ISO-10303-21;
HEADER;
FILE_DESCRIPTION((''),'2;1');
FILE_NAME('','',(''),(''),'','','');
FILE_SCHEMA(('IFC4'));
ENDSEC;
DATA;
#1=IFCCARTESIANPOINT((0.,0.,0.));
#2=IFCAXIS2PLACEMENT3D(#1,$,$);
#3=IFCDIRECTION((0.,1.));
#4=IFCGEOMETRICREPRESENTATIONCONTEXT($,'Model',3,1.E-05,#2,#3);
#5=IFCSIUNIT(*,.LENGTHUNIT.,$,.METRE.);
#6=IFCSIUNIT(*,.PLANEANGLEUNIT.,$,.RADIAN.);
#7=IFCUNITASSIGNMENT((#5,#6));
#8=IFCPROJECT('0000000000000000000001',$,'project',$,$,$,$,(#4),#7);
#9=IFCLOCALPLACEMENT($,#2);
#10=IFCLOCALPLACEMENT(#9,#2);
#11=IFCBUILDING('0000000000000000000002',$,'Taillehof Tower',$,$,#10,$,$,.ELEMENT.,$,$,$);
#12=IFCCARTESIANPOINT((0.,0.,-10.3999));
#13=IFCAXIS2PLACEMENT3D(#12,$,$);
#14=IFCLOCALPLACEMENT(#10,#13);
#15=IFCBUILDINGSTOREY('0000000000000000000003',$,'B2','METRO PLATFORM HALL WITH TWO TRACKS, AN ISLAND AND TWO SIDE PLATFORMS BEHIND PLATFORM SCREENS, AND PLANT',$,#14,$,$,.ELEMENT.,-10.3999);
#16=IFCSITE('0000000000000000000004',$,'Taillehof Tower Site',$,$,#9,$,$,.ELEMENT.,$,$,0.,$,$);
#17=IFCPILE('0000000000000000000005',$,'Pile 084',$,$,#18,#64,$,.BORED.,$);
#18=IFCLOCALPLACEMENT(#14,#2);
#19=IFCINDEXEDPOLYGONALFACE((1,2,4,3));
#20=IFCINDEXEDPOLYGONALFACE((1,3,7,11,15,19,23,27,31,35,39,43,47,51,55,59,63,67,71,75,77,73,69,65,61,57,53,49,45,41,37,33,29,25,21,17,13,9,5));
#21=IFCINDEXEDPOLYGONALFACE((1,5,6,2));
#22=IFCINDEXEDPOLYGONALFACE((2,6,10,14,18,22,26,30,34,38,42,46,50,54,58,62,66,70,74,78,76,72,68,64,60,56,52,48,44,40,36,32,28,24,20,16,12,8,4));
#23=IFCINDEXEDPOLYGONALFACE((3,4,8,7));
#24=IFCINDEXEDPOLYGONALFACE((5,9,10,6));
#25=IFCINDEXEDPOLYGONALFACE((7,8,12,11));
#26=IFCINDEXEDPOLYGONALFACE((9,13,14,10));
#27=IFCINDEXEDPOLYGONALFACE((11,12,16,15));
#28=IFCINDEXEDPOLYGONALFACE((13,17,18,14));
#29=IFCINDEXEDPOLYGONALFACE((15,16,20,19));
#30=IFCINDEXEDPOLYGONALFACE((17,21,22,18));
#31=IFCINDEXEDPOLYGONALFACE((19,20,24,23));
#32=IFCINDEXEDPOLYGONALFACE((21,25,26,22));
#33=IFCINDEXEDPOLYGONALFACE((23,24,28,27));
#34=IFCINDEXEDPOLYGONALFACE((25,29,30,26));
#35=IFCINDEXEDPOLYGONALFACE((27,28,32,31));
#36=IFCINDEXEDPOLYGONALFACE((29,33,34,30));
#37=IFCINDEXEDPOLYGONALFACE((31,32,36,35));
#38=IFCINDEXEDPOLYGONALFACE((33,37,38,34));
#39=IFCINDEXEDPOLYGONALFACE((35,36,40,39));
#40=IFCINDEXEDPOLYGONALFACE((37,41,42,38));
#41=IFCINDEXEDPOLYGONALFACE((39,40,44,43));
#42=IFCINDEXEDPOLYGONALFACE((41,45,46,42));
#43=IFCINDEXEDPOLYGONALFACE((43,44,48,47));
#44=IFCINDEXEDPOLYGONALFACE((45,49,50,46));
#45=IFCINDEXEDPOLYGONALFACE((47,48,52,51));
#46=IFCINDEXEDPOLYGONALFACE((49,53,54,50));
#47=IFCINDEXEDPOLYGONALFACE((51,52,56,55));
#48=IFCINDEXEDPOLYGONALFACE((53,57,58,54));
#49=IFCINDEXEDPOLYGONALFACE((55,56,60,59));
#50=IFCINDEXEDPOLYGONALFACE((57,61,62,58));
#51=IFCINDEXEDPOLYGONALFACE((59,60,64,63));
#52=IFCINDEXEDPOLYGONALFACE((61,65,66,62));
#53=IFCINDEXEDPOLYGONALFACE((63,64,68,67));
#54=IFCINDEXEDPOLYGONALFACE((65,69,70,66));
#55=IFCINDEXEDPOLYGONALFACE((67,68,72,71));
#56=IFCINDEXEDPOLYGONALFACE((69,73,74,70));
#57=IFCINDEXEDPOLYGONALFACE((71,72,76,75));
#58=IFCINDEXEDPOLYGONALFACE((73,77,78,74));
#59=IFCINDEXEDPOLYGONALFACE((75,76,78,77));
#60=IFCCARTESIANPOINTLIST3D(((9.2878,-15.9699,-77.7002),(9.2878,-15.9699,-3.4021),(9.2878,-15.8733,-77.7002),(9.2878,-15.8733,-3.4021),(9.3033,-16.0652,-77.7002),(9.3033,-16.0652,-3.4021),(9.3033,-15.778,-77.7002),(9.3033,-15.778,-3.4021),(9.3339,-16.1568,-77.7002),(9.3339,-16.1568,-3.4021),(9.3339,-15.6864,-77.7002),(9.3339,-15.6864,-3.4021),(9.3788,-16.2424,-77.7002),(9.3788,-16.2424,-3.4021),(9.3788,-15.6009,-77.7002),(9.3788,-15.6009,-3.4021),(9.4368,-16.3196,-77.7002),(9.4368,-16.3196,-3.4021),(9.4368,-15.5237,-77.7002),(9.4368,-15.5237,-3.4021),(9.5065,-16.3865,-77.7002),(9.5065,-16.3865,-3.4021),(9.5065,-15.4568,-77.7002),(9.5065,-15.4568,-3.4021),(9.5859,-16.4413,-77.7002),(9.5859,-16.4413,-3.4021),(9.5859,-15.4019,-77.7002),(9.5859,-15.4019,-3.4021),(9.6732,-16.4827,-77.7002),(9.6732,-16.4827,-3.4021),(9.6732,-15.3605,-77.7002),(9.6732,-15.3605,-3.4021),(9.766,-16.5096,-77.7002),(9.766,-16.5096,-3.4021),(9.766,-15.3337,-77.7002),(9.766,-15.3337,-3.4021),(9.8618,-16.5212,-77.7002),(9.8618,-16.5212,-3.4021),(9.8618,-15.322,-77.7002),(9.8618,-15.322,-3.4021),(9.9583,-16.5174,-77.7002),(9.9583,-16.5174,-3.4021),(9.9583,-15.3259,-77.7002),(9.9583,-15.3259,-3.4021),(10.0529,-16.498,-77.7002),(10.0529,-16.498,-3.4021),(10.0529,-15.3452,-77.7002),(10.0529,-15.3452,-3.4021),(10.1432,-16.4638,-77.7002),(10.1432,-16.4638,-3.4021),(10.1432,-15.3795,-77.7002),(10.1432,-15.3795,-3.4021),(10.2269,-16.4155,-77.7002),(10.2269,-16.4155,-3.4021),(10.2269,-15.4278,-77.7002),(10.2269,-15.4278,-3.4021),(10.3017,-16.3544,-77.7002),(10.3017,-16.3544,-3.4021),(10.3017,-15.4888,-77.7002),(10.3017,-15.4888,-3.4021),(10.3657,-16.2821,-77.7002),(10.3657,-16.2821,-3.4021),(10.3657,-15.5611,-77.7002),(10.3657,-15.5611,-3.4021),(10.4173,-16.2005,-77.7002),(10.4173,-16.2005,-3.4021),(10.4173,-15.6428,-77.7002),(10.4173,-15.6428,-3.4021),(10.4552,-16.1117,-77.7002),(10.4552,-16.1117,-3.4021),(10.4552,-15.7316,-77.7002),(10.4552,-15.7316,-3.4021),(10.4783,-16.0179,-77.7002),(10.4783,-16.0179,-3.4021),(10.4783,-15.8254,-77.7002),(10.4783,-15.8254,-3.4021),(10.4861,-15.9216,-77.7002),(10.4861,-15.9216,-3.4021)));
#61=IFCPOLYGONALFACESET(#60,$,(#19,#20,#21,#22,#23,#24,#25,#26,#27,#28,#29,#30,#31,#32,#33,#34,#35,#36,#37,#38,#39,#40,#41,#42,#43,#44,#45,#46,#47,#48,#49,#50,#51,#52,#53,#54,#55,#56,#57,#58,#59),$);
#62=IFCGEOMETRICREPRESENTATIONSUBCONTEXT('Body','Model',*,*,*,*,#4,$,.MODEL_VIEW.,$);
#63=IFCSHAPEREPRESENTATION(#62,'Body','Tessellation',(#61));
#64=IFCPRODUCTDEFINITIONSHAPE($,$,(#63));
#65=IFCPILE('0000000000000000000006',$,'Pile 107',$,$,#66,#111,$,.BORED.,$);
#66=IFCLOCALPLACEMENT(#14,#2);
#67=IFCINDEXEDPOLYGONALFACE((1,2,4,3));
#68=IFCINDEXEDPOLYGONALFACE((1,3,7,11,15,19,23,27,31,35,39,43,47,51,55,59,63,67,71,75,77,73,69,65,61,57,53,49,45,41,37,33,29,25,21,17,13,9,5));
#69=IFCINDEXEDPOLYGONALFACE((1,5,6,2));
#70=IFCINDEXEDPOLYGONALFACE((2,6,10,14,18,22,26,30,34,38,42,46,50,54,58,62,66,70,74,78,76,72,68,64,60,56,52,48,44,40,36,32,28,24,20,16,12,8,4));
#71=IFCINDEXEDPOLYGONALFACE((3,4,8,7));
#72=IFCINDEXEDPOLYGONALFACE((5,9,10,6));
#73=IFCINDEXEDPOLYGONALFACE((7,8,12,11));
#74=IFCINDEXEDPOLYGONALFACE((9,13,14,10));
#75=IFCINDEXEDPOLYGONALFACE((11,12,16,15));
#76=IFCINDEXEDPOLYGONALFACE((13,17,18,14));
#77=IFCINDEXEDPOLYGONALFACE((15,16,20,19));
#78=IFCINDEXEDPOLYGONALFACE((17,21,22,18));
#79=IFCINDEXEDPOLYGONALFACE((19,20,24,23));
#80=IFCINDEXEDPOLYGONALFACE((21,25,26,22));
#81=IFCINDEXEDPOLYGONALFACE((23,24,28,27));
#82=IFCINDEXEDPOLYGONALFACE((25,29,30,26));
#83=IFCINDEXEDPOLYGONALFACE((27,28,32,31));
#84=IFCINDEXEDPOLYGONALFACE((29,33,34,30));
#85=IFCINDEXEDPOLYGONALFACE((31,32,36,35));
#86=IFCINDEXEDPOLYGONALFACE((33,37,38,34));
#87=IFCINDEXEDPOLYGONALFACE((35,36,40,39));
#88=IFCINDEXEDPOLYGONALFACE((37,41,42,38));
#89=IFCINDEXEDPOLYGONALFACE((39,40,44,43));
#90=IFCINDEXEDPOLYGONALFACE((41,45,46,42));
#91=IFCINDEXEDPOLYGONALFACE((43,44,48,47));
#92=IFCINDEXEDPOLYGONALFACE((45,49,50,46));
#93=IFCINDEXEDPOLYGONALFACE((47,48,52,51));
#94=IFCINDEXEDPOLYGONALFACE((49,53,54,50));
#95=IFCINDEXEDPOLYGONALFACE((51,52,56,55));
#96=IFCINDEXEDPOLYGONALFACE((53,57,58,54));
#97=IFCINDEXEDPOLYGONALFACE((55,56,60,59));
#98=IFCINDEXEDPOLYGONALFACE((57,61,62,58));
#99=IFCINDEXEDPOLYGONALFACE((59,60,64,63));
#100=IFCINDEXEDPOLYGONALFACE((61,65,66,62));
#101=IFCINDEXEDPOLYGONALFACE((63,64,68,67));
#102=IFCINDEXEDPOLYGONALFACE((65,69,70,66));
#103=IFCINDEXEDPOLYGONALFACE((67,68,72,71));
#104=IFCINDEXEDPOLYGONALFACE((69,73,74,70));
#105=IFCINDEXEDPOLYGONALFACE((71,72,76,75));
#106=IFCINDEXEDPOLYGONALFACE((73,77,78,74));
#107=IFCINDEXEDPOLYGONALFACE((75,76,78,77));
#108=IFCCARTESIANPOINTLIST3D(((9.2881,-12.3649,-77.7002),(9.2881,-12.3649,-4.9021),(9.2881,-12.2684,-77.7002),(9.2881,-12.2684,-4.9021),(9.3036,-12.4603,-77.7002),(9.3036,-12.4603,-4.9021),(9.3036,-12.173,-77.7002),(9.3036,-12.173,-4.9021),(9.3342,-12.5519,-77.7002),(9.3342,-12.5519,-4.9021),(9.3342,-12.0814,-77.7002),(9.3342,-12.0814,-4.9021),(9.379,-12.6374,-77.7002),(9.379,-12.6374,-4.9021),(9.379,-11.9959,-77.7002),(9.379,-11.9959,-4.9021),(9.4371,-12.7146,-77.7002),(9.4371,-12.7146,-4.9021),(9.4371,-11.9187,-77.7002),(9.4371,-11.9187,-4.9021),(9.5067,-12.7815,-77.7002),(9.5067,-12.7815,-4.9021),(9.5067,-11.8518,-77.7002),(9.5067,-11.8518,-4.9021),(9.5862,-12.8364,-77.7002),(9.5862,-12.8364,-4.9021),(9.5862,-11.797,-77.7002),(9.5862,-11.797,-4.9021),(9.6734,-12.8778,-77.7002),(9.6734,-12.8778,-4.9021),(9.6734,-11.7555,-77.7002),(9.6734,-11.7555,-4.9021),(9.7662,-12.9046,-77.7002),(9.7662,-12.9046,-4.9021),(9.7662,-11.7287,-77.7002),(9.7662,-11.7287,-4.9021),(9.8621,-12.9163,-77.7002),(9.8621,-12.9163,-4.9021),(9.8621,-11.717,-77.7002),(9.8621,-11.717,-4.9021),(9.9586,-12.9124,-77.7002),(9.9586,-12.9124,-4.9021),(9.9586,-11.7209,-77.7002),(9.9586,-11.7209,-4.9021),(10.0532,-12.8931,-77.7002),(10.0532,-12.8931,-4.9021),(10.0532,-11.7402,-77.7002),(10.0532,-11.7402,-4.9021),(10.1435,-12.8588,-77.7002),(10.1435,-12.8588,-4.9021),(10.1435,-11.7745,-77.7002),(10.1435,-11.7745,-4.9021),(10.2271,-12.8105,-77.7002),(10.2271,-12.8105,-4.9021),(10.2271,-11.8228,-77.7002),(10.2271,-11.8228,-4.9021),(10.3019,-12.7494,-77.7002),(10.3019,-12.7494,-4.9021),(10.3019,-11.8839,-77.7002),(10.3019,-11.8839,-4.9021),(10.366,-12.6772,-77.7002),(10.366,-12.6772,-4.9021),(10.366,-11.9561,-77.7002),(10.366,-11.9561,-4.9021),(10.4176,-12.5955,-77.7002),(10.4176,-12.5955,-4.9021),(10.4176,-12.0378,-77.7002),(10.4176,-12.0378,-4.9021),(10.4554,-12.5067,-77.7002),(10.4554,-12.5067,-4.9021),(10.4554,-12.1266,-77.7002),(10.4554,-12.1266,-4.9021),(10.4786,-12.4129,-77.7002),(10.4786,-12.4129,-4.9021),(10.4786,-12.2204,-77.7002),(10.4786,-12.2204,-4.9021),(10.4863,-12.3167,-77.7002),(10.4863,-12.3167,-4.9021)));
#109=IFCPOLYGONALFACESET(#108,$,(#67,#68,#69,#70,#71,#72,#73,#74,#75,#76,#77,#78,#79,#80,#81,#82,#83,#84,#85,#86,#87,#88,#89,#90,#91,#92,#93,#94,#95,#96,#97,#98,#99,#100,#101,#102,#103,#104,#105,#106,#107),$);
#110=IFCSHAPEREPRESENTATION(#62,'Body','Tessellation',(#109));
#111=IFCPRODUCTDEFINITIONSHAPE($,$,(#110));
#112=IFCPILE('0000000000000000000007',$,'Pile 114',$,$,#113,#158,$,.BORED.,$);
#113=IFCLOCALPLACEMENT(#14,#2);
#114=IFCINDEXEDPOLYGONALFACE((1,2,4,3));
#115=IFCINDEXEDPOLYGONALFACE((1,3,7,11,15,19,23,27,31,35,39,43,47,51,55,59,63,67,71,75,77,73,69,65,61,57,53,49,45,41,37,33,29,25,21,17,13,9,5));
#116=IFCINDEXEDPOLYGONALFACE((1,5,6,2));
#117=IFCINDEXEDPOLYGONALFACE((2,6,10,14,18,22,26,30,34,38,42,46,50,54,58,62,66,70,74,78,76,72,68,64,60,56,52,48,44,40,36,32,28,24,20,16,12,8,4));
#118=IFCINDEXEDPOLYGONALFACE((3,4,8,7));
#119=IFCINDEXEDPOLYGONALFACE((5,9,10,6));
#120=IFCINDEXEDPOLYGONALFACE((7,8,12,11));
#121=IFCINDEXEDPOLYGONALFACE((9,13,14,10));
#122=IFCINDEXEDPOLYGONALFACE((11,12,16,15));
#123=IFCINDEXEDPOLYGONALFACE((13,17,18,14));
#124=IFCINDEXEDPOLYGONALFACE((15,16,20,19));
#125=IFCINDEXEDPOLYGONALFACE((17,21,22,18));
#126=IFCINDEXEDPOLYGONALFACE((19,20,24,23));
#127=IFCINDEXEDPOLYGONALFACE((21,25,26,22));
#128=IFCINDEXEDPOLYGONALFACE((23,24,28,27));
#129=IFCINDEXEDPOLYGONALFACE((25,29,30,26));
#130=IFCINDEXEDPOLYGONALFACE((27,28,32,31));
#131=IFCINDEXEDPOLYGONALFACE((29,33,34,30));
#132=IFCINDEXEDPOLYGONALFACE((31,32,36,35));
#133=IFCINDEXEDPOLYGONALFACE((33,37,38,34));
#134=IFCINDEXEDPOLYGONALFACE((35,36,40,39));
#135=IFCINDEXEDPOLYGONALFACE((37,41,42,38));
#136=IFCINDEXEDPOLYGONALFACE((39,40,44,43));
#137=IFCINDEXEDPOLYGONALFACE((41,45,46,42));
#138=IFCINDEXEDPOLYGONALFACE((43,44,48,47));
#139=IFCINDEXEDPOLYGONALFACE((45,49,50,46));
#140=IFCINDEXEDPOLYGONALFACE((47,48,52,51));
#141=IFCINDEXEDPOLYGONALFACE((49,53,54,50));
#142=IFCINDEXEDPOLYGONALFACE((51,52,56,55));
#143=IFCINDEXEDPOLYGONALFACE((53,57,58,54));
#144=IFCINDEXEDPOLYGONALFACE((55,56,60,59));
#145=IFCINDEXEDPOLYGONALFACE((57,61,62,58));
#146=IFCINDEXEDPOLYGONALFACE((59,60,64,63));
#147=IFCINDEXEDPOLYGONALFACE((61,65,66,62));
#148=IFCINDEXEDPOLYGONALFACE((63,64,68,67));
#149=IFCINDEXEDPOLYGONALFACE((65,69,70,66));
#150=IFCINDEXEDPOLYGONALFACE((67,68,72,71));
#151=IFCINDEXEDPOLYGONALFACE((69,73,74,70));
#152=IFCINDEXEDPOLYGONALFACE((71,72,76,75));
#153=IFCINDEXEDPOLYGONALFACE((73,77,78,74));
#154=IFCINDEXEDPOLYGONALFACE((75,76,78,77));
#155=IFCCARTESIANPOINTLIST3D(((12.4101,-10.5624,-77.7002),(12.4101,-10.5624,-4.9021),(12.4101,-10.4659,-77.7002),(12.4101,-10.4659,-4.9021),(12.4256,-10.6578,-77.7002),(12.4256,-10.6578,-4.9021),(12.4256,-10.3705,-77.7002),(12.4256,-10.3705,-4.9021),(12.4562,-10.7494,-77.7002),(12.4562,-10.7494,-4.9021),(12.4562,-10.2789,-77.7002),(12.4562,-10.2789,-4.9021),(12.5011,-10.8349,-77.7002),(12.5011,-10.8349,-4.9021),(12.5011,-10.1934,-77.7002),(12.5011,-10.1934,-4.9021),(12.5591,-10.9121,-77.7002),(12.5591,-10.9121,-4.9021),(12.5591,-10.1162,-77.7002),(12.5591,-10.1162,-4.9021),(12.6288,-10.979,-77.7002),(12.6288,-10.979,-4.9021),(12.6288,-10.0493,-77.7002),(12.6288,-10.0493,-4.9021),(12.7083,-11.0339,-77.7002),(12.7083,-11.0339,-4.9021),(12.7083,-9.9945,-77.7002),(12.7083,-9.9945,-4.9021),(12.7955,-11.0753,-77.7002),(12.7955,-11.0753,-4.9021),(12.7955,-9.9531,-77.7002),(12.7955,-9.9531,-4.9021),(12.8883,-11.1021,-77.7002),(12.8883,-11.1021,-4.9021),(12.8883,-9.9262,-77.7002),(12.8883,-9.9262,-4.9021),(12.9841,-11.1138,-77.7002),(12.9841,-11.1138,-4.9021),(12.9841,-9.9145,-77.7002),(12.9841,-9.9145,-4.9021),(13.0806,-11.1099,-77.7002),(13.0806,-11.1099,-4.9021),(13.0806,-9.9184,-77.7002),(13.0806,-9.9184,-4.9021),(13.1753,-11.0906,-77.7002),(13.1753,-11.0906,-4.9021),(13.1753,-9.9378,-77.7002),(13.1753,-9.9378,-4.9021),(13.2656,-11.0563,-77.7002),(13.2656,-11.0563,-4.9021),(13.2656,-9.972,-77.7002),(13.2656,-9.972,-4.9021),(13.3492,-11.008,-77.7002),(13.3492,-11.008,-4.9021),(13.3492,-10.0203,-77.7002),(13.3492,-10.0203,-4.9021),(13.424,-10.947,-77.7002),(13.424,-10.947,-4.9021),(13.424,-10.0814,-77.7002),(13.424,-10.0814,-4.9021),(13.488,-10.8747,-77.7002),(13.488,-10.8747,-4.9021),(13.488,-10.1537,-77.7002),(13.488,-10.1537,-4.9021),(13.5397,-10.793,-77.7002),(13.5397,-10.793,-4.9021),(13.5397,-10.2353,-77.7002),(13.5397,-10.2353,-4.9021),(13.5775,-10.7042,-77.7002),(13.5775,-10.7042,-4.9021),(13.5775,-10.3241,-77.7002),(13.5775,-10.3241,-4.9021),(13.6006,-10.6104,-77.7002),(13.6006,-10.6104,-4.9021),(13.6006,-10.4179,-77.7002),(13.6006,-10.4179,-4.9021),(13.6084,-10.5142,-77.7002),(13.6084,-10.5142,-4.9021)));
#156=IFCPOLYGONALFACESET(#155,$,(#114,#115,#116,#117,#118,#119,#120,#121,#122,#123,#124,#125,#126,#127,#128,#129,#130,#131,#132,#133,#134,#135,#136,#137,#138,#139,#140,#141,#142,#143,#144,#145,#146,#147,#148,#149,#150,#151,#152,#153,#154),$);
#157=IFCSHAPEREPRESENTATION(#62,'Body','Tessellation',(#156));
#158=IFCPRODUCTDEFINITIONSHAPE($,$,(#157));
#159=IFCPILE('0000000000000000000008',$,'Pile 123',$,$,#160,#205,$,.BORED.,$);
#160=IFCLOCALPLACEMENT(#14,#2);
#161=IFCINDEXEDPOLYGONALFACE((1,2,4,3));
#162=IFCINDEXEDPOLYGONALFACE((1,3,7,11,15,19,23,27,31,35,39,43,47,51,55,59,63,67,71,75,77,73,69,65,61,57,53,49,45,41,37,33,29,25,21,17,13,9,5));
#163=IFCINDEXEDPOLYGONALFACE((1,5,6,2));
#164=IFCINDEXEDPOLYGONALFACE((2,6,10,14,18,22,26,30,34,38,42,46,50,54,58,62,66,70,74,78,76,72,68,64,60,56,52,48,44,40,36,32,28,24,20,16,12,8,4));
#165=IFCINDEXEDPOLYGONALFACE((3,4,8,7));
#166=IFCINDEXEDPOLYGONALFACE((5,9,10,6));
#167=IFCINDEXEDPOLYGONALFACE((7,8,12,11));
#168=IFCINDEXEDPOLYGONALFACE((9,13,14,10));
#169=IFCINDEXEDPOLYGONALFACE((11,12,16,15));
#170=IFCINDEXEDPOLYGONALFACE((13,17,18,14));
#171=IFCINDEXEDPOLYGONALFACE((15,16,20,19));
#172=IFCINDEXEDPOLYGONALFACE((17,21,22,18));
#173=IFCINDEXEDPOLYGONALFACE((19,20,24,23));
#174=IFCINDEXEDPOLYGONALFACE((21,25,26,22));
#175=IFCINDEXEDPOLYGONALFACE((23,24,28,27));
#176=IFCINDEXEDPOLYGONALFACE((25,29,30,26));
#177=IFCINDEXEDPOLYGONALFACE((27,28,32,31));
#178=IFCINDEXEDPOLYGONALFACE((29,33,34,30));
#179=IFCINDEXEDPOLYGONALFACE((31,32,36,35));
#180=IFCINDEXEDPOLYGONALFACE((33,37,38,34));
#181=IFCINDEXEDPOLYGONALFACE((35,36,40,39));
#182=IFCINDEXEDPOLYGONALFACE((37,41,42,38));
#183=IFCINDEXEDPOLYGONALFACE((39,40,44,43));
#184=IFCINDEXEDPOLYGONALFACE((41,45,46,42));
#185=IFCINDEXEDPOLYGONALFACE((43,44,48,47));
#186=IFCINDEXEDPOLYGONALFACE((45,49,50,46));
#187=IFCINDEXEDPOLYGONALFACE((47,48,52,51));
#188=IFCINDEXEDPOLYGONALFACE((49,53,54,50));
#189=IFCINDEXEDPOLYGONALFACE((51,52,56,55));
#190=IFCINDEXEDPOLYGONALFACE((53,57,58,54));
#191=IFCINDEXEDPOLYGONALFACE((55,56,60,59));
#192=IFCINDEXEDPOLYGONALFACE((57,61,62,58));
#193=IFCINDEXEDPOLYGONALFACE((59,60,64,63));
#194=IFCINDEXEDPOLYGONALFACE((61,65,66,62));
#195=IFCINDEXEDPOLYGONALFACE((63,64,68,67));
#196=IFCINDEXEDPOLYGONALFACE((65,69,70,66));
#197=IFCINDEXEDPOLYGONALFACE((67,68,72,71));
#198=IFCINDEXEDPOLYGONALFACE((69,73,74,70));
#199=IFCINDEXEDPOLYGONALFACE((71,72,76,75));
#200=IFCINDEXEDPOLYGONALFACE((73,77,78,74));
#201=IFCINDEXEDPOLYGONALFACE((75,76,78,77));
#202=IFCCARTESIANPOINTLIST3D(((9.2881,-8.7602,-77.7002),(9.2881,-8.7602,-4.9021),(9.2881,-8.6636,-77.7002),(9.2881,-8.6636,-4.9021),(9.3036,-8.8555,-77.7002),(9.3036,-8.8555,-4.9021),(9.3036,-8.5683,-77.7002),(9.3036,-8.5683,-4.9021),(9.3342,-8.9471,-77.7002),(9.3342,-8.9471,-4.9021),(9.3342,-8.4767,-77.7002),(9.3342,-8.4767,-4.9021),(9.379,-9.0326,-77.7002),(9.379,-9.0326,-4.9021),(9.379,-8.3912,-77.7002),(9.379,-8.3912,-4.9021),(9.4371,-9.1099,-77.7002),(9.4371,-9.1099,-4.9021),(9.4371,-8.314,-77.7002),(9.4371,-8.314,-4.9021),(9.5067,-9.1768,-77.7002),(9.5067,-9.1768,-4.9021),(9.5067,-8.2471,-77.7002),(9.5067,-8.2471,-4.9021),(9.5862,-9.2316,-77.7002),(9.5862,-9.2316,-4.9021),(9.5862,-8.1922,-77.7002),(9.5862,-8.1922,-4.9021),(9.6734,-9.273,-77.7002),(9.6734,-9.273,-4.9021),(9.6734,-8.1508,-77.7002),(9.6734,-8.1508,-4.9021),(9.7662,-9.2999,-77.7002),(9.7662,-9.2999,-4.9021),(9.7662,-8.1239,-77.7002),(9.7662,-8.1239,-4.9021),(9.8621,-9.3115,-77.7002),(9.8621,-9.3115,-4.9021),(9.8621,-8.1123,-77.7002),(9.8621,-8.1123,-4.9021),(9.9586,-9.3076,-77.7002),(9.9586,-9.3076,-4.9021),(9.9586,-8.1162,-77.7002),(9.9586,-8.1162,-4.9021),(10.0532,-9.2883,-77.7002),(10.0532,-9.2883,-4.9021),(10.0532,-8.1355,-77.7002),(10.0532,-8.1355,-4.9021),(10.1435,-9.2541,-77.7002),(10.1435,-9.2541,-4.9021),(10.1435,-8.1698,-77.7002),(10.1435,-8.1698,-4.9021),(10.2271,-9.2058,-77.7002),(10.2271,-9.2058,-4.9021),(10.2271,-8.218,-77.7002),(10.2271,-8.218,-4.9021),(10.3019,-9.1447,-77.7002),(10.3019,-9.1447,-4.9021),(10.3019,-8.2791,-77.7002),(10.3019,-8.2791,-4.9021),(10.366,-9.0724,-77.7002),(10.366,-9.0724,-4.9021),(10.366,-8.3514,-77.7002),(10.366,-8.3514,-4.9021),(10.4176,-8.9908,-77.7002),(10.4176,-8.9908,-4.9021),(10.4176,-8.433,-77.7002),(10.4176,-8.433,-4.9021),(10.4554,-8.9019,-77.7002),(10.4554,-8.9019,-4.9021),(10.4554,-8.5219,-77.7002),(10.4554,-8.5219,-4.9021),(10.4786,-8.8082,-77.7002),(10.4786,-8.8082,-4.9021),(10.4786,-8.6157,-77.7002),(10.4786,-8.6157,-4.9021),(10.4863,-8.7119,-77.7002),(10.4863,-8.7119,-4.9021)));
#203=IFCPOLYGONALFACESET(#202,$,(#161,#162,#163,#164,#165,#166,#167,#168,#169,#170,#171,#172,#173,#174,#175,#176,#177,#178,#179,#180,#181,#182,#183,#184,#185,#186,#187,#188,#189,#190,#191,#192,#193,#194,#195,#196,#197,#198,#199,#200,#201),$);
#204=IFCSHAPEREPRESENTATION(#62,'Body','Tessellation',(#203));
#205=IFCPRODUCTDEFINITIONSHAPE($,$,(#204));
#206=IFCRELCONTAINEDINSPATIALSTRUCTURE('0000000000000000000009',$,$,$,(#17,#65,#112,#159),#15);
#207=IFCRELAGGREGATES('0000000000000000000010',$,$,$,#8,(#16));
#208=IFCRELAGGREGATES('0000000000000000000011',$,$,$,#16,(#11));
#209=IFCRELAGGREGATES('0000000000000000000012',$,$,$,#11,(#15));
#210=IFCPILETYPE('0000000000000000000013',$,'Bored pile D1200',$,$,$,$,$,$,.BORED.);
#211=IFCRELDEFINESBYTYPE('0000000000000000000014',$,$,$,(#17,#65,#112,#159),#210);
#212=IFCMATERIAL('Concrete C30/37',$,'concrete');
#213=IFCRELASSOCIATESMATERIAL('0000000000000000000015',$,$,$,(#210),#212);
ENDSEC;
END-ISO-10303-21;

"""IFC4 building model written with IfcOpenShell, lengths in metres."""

from ifc_helpers import new_model, si_unit, direction, frame, origin, origin_2d, place, context, subcontext, project, spatial, circle, extrude, material, material_profile, profile_set, type_object, element, save


model = new_model("IFC4")

# Units and contexts
model_context = context("Model", 3, precision=1e-05, world=origin(), true_north=direction((0.0, 1.0)))
body_context = subcontext(model_context, "Body", "Model", "MODEL_VIEW")
ifc_project = project(units=[si_unit("LENGTHUNIT", "METRE"), si_unit("PLANEANGLEUNIT", "RADIAN")], contexts=[model_context])

# Site, building, storey
site_placement = place(None, origin())
site = spatial("IfcSite", under=ifc_project, at=site_placement, Name="Taillehof Tower Site", CompositionType="ELEMENT", RefElevation=0.0)
building_placement = place(site_placement, origin())
building = spatial("IfcBuilding", under=site, at=building_placement, Name="Taillehof Tower", CompositionType="ELEMENT")
storey_placement = place(building_placement, frame((0.0, 0.0, -10.3999)))
storey = spatial("IfcBuildingStorey", under=building, at=storey_placement, Name="B2", Description="METRO PLATFORM HALL WITH TWO TRACKS, AN ISLAND AND TWO SIDE PLATFORMS BEHIND PLATFORM SCREENS, AND PLANT", CompositionType="ELEMENT", Elevation=-10.3999)

# Piles
ifc_material_1 = material(Name="Concrete C30/37", Category="concrete")
ifc_material_profile = material_profile(ifc_material_1, circle(Radius=0.6001, at=origin_2d()), Name="BP D1200")
ifc_profile_set = profile_set([ifc_material_profile], Name="Concrete C30/37")
pile_type = type_object("IfcPileType", Name="Bored pile D1200", PredefinedType="BORED", material=ifc_profile_set)
pile_placement = place(storey_placement, frame((9.886, -15.9216, -3.4021), z_axis=(0.0, 0.0, -1.0), x_axis=(1.0, 0.0, 0.0)))
element("IfcPile", 1, at=pile_placement, inside=storey, type_object=pile_type, Name="Pile 084", PredefinedType="BORED", context=body_context, shape_type="SweptSolid", body=[
    extrude(circle(Radius=0.6001, at=origin_2d()), origin(), (0.0, 0.0, 1.0), 74.2981),
])
for number, where, z_axis, x_axis, name in (
    (2, (9.8862, -12.3167, -4.9021), (0.0, 0.0, -1.0), (1.0, 0.0, 0.0), "Pile 107"),
    (3, (13.0083, -10.5142, -4.9021), (0.0, 0.0, -1.0), (1.0, 0.0, 0.0), "Pile 114"),
    (4, (9.8862, -8.7119, -4.9021), (0.0, 0.0, -1.0), (1.0, 0.0, 0.0), "Pile 123"),
):
    element("IfcPile", number, at=place(storey_placement, frame(where, z_axis=z_axis, x_axis=x_axis)), inside=storey, type_object=pile_type, Name=name, PredefinedType="BORED", context=body_context, shape_type="SweptSolid", body=[
        extrude(circle(Radius=0.6001, at=origin_2d()), origin(), (0.0, 0.0, 1.0), 72.7981),
    ])

save(model, "model.ifc")
